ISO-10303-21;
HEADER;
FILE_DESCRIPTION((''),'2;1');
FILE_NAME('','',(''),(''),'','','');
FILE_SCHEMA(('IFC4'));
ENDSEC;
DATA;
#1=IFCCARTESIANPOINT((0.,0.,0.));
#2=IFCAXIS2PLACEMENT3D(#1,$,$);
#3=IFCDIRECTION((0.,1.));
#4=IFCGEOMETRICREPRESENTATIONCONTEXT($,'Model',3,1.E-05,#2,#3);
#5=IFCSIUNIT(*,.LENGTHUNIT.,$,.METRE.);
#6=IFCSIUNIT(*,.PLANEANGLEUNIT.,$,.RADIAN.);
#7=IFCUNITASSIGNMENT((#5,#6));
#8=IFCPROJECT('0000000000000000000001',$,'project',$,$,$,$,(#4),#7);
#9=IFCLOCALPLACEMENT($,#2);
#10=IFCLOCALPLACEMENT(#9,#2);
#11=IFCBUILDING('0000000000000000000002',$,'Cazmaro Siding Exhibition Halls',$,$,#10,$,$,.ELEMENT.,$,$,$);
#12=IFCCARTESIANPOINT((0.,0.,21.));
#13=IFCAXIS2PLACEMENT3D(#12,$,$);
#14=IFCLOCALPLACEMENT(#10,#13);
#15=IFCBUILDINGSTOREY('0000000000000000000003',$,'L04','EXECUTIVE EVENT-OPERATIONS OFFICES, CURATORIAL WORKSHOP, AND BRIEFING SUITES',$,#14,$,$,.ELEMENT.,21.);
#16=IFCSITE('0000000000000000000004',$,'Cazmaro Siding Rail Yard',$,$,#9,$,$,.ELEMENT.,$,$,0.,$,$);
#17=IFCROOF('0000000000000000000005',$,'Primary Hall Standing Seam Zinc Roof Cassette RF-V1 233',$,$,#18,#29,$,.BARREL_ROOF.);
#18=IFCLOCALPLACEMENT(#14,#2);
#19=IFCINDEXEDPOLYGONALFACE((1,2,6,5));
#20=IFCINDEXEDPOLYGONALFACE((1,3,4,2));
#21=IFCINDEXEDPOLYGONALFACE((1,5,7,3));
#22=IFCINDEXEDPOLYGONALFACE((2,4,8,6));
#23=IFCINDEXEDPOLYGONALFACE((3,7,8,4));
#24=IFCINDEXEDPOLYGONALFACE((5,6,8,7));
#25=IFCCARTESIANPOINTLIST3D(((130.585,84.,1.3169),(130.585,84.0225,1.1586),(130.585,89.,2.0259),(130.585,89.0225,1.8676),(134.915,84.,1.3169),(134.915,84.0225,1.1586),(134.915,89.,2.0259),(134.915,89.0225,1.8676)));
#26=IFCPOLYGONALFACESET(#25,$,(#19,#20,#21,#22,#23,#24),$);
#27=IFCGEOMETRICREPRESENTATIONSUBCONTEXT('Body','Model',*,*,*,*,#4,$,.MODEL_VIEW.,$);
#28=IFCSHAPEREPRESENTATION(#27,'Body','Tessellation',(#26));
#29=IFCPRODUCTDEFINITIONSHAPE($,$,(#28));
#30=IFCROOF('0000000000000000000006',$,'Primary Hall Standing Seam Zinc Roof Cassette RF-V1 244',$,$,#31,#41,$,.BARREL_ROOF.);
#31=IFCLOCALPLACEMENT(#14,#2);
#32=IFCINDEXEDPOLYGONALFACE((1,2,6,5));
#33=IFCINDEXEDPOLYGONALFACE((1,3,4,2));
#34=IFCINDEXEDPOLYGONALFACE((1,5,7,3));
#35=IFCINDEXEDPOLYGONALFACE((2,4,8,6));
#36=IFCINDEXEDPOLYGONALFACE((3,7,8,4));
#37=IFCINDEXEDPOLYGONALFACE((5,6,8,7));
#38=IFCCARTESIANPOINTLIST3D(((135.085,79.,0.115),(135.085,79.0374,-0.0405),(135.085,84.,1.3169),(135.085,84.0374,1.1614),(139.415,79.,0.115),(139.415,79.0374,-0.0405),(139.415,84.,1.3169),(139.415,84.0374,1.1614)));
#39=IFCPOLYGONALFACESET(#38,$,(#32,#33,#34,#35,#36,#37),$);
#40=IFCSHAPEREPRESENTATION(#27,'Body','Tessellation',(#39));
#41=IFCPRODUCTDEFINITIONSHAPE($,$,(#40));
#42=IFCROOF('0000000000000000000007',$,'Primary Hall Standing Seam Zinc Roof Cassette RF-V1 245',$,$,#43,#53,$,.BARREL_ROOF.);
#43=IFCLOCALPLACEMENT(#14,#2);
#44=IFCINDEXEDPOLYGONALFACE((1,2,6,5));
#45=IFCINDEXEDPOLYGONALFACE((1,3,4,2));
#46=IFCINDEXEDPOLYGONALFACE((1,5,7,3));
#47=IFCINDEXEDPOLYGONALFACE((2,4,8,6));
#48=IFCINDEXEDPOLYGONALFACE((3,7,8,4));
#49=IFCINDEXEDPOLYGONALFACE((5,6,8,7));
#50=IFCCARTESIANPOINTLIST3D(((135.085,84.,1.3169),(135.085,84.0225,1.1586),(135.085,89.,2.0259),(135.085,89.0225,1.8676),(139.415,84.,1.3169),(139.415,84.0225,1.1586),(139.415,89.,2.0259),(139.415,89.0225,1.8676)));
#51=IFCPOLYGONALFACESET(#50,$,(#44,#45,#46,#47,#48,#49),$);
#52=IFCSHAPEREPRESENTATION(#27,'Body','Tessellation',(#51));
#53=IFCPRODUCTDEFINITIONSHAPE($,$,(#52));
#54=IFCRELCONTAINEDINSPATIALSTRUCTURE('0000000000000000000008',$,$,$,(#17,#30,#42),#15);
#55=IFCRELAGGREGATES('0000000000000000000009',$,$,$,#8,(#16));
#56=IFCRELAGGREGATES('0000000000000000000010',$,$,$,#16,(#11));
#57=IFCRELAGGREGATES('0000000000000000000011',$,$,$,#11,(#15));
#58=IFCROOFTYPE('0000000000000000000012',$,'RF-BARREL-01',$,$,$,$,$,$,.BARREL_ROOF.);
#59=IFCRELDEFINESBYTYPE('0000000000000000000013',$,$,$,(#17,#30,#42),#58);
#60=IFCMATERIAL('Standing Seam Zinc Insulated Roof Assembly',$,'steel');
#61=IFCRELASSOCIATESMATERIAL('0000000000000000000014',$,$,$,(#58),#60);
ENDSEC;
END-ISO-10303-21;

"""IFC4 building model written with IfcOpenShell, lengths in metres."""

from ifc_helpers import new_model, si_unit, direction, frame, origin, place, context, subcontext, project, spatial, polyline, outline, extrude, material, type_object, element, save


model = new_model("IFC4")

# Units and contexts
model_context = context("Model", 3, precision=1e-05, world=origin(), true_north=direction((0.0, 1.0)))
body_context = subcontext(model_context, "Body", "Model", "MODEL_VIEW")
ifc_project = project(units=[si_unit("LENGTHUNIT", "METRE"), si_unit("PLANEANGLEUNIT", "RADIAN")], contexts=[model_context])

# Site, building, storey
site_placement = place(None, origin())
site = spatial("IfcSite", under=ifc_project, at=site_placement, Name="Cazmaro Siding Rail Yard", CompositionType="ELEMENT", RefElevation=0.0)
building_placement = place(site_placement, origin())
building = spatial("IfcBuilding", under=site, at=building_placement, Name="Cazmaro Siding Exhibition Halls", CompositionType="ELEMENT")
storey_placement = place(building_placement, frame((0.0, 0.0, 21.0)))
storey = spatial("IfcBuildingStorey", under=building, at=storey_placement, Name="L04", Description="EXECUTIVE EVENT-OPERATIONS OFFICES, CURATORIAL WORKSHOP, AND BRIEFING SUITES", CompositionType="ELEMENT", Elevation=21.0)

# Roofs
ifc_material_1 = material(Name="Standing Seam Zinc Insulated Roof Assembly", Category="steel")
roof_type = type_object("IfcRoofType", Name="RF-BARREL-01", PredefinedType="BARREL_ROOF", material=ifc_material_1)
roof_1_placement = place(storey_placement, frame((130.585, 84.0, 1.3169), z_axis=(0.0, -0.140393, 0.990096), x_axis=(1.0, 0.0, 0.0)))
element("IfcRoof", 1, at=roof_1_placement, inside=storey, type_object=roof_type, Name="Primary Hall Standing Seam Zinc Roof Cassette RF-V1 233", PredefinedType="BARREL_ROOF", context=body_context, shape_type="SweptSolid", body=[
    extrude(outline(polyline([(0.0, 0.0), (4.3301, 0.0), (4.3301, 5.05), (0.0, 5.05), (0.0, 0.0)])), origin(), (0.0, 0.0, -1.0), 0.1599),
])
roof_2_placement = place(storey_placement, frame((135.085, 79.0, 0.115), z_axis=(0.0, -0.233723, 0.972303), x_axis=(1.0, 0.0, 0.0)))
element("IfcRoof", 2, at=roof_2_placement, inside=storey, type_object=roof_type, Name="Primary Hall Standing Seam Zinc Roof Cassette RF-V1 244", PredefinedType="BARREL_ROOF", context=body_context, shape_type="SweptSolid", body=[
    extrude(outline(polyline([(0.0, 0.0), (4.3301, 0.0), (4.3301, 5.1424), (0.0, 5.1424), (0.0, 0.0)])), origin(), (0.0, 0.0, -1.0), 0.1599),
])
roof_3_placement = place(storey_placement, frame((135.085, 84.0, 1.3169), z_axis=(0.0, -0.140393, 0.990096), x_axis=(1.0, 0.0, 0.0)))
element("IfcRoof", 3, at=roof_3_placement, inside=storey, type_object=roof_type, Name="Primary Hall Standing Seam Zinc Roof Cassette RF-V1 245", PredefinedType="BARREL_ROOF", context=body_context, shape_type="SweptSolid", body=[
    extrude(outline(polyline([(0.0, 0.0), (4.3301, 0.0), (4.3301, 5.05), (0.0, 5.05), (0.0, 0.0)])), origin(), (0.0, 0.0, -1.0), 0.1599),
])

save(model, "model.ifc")
